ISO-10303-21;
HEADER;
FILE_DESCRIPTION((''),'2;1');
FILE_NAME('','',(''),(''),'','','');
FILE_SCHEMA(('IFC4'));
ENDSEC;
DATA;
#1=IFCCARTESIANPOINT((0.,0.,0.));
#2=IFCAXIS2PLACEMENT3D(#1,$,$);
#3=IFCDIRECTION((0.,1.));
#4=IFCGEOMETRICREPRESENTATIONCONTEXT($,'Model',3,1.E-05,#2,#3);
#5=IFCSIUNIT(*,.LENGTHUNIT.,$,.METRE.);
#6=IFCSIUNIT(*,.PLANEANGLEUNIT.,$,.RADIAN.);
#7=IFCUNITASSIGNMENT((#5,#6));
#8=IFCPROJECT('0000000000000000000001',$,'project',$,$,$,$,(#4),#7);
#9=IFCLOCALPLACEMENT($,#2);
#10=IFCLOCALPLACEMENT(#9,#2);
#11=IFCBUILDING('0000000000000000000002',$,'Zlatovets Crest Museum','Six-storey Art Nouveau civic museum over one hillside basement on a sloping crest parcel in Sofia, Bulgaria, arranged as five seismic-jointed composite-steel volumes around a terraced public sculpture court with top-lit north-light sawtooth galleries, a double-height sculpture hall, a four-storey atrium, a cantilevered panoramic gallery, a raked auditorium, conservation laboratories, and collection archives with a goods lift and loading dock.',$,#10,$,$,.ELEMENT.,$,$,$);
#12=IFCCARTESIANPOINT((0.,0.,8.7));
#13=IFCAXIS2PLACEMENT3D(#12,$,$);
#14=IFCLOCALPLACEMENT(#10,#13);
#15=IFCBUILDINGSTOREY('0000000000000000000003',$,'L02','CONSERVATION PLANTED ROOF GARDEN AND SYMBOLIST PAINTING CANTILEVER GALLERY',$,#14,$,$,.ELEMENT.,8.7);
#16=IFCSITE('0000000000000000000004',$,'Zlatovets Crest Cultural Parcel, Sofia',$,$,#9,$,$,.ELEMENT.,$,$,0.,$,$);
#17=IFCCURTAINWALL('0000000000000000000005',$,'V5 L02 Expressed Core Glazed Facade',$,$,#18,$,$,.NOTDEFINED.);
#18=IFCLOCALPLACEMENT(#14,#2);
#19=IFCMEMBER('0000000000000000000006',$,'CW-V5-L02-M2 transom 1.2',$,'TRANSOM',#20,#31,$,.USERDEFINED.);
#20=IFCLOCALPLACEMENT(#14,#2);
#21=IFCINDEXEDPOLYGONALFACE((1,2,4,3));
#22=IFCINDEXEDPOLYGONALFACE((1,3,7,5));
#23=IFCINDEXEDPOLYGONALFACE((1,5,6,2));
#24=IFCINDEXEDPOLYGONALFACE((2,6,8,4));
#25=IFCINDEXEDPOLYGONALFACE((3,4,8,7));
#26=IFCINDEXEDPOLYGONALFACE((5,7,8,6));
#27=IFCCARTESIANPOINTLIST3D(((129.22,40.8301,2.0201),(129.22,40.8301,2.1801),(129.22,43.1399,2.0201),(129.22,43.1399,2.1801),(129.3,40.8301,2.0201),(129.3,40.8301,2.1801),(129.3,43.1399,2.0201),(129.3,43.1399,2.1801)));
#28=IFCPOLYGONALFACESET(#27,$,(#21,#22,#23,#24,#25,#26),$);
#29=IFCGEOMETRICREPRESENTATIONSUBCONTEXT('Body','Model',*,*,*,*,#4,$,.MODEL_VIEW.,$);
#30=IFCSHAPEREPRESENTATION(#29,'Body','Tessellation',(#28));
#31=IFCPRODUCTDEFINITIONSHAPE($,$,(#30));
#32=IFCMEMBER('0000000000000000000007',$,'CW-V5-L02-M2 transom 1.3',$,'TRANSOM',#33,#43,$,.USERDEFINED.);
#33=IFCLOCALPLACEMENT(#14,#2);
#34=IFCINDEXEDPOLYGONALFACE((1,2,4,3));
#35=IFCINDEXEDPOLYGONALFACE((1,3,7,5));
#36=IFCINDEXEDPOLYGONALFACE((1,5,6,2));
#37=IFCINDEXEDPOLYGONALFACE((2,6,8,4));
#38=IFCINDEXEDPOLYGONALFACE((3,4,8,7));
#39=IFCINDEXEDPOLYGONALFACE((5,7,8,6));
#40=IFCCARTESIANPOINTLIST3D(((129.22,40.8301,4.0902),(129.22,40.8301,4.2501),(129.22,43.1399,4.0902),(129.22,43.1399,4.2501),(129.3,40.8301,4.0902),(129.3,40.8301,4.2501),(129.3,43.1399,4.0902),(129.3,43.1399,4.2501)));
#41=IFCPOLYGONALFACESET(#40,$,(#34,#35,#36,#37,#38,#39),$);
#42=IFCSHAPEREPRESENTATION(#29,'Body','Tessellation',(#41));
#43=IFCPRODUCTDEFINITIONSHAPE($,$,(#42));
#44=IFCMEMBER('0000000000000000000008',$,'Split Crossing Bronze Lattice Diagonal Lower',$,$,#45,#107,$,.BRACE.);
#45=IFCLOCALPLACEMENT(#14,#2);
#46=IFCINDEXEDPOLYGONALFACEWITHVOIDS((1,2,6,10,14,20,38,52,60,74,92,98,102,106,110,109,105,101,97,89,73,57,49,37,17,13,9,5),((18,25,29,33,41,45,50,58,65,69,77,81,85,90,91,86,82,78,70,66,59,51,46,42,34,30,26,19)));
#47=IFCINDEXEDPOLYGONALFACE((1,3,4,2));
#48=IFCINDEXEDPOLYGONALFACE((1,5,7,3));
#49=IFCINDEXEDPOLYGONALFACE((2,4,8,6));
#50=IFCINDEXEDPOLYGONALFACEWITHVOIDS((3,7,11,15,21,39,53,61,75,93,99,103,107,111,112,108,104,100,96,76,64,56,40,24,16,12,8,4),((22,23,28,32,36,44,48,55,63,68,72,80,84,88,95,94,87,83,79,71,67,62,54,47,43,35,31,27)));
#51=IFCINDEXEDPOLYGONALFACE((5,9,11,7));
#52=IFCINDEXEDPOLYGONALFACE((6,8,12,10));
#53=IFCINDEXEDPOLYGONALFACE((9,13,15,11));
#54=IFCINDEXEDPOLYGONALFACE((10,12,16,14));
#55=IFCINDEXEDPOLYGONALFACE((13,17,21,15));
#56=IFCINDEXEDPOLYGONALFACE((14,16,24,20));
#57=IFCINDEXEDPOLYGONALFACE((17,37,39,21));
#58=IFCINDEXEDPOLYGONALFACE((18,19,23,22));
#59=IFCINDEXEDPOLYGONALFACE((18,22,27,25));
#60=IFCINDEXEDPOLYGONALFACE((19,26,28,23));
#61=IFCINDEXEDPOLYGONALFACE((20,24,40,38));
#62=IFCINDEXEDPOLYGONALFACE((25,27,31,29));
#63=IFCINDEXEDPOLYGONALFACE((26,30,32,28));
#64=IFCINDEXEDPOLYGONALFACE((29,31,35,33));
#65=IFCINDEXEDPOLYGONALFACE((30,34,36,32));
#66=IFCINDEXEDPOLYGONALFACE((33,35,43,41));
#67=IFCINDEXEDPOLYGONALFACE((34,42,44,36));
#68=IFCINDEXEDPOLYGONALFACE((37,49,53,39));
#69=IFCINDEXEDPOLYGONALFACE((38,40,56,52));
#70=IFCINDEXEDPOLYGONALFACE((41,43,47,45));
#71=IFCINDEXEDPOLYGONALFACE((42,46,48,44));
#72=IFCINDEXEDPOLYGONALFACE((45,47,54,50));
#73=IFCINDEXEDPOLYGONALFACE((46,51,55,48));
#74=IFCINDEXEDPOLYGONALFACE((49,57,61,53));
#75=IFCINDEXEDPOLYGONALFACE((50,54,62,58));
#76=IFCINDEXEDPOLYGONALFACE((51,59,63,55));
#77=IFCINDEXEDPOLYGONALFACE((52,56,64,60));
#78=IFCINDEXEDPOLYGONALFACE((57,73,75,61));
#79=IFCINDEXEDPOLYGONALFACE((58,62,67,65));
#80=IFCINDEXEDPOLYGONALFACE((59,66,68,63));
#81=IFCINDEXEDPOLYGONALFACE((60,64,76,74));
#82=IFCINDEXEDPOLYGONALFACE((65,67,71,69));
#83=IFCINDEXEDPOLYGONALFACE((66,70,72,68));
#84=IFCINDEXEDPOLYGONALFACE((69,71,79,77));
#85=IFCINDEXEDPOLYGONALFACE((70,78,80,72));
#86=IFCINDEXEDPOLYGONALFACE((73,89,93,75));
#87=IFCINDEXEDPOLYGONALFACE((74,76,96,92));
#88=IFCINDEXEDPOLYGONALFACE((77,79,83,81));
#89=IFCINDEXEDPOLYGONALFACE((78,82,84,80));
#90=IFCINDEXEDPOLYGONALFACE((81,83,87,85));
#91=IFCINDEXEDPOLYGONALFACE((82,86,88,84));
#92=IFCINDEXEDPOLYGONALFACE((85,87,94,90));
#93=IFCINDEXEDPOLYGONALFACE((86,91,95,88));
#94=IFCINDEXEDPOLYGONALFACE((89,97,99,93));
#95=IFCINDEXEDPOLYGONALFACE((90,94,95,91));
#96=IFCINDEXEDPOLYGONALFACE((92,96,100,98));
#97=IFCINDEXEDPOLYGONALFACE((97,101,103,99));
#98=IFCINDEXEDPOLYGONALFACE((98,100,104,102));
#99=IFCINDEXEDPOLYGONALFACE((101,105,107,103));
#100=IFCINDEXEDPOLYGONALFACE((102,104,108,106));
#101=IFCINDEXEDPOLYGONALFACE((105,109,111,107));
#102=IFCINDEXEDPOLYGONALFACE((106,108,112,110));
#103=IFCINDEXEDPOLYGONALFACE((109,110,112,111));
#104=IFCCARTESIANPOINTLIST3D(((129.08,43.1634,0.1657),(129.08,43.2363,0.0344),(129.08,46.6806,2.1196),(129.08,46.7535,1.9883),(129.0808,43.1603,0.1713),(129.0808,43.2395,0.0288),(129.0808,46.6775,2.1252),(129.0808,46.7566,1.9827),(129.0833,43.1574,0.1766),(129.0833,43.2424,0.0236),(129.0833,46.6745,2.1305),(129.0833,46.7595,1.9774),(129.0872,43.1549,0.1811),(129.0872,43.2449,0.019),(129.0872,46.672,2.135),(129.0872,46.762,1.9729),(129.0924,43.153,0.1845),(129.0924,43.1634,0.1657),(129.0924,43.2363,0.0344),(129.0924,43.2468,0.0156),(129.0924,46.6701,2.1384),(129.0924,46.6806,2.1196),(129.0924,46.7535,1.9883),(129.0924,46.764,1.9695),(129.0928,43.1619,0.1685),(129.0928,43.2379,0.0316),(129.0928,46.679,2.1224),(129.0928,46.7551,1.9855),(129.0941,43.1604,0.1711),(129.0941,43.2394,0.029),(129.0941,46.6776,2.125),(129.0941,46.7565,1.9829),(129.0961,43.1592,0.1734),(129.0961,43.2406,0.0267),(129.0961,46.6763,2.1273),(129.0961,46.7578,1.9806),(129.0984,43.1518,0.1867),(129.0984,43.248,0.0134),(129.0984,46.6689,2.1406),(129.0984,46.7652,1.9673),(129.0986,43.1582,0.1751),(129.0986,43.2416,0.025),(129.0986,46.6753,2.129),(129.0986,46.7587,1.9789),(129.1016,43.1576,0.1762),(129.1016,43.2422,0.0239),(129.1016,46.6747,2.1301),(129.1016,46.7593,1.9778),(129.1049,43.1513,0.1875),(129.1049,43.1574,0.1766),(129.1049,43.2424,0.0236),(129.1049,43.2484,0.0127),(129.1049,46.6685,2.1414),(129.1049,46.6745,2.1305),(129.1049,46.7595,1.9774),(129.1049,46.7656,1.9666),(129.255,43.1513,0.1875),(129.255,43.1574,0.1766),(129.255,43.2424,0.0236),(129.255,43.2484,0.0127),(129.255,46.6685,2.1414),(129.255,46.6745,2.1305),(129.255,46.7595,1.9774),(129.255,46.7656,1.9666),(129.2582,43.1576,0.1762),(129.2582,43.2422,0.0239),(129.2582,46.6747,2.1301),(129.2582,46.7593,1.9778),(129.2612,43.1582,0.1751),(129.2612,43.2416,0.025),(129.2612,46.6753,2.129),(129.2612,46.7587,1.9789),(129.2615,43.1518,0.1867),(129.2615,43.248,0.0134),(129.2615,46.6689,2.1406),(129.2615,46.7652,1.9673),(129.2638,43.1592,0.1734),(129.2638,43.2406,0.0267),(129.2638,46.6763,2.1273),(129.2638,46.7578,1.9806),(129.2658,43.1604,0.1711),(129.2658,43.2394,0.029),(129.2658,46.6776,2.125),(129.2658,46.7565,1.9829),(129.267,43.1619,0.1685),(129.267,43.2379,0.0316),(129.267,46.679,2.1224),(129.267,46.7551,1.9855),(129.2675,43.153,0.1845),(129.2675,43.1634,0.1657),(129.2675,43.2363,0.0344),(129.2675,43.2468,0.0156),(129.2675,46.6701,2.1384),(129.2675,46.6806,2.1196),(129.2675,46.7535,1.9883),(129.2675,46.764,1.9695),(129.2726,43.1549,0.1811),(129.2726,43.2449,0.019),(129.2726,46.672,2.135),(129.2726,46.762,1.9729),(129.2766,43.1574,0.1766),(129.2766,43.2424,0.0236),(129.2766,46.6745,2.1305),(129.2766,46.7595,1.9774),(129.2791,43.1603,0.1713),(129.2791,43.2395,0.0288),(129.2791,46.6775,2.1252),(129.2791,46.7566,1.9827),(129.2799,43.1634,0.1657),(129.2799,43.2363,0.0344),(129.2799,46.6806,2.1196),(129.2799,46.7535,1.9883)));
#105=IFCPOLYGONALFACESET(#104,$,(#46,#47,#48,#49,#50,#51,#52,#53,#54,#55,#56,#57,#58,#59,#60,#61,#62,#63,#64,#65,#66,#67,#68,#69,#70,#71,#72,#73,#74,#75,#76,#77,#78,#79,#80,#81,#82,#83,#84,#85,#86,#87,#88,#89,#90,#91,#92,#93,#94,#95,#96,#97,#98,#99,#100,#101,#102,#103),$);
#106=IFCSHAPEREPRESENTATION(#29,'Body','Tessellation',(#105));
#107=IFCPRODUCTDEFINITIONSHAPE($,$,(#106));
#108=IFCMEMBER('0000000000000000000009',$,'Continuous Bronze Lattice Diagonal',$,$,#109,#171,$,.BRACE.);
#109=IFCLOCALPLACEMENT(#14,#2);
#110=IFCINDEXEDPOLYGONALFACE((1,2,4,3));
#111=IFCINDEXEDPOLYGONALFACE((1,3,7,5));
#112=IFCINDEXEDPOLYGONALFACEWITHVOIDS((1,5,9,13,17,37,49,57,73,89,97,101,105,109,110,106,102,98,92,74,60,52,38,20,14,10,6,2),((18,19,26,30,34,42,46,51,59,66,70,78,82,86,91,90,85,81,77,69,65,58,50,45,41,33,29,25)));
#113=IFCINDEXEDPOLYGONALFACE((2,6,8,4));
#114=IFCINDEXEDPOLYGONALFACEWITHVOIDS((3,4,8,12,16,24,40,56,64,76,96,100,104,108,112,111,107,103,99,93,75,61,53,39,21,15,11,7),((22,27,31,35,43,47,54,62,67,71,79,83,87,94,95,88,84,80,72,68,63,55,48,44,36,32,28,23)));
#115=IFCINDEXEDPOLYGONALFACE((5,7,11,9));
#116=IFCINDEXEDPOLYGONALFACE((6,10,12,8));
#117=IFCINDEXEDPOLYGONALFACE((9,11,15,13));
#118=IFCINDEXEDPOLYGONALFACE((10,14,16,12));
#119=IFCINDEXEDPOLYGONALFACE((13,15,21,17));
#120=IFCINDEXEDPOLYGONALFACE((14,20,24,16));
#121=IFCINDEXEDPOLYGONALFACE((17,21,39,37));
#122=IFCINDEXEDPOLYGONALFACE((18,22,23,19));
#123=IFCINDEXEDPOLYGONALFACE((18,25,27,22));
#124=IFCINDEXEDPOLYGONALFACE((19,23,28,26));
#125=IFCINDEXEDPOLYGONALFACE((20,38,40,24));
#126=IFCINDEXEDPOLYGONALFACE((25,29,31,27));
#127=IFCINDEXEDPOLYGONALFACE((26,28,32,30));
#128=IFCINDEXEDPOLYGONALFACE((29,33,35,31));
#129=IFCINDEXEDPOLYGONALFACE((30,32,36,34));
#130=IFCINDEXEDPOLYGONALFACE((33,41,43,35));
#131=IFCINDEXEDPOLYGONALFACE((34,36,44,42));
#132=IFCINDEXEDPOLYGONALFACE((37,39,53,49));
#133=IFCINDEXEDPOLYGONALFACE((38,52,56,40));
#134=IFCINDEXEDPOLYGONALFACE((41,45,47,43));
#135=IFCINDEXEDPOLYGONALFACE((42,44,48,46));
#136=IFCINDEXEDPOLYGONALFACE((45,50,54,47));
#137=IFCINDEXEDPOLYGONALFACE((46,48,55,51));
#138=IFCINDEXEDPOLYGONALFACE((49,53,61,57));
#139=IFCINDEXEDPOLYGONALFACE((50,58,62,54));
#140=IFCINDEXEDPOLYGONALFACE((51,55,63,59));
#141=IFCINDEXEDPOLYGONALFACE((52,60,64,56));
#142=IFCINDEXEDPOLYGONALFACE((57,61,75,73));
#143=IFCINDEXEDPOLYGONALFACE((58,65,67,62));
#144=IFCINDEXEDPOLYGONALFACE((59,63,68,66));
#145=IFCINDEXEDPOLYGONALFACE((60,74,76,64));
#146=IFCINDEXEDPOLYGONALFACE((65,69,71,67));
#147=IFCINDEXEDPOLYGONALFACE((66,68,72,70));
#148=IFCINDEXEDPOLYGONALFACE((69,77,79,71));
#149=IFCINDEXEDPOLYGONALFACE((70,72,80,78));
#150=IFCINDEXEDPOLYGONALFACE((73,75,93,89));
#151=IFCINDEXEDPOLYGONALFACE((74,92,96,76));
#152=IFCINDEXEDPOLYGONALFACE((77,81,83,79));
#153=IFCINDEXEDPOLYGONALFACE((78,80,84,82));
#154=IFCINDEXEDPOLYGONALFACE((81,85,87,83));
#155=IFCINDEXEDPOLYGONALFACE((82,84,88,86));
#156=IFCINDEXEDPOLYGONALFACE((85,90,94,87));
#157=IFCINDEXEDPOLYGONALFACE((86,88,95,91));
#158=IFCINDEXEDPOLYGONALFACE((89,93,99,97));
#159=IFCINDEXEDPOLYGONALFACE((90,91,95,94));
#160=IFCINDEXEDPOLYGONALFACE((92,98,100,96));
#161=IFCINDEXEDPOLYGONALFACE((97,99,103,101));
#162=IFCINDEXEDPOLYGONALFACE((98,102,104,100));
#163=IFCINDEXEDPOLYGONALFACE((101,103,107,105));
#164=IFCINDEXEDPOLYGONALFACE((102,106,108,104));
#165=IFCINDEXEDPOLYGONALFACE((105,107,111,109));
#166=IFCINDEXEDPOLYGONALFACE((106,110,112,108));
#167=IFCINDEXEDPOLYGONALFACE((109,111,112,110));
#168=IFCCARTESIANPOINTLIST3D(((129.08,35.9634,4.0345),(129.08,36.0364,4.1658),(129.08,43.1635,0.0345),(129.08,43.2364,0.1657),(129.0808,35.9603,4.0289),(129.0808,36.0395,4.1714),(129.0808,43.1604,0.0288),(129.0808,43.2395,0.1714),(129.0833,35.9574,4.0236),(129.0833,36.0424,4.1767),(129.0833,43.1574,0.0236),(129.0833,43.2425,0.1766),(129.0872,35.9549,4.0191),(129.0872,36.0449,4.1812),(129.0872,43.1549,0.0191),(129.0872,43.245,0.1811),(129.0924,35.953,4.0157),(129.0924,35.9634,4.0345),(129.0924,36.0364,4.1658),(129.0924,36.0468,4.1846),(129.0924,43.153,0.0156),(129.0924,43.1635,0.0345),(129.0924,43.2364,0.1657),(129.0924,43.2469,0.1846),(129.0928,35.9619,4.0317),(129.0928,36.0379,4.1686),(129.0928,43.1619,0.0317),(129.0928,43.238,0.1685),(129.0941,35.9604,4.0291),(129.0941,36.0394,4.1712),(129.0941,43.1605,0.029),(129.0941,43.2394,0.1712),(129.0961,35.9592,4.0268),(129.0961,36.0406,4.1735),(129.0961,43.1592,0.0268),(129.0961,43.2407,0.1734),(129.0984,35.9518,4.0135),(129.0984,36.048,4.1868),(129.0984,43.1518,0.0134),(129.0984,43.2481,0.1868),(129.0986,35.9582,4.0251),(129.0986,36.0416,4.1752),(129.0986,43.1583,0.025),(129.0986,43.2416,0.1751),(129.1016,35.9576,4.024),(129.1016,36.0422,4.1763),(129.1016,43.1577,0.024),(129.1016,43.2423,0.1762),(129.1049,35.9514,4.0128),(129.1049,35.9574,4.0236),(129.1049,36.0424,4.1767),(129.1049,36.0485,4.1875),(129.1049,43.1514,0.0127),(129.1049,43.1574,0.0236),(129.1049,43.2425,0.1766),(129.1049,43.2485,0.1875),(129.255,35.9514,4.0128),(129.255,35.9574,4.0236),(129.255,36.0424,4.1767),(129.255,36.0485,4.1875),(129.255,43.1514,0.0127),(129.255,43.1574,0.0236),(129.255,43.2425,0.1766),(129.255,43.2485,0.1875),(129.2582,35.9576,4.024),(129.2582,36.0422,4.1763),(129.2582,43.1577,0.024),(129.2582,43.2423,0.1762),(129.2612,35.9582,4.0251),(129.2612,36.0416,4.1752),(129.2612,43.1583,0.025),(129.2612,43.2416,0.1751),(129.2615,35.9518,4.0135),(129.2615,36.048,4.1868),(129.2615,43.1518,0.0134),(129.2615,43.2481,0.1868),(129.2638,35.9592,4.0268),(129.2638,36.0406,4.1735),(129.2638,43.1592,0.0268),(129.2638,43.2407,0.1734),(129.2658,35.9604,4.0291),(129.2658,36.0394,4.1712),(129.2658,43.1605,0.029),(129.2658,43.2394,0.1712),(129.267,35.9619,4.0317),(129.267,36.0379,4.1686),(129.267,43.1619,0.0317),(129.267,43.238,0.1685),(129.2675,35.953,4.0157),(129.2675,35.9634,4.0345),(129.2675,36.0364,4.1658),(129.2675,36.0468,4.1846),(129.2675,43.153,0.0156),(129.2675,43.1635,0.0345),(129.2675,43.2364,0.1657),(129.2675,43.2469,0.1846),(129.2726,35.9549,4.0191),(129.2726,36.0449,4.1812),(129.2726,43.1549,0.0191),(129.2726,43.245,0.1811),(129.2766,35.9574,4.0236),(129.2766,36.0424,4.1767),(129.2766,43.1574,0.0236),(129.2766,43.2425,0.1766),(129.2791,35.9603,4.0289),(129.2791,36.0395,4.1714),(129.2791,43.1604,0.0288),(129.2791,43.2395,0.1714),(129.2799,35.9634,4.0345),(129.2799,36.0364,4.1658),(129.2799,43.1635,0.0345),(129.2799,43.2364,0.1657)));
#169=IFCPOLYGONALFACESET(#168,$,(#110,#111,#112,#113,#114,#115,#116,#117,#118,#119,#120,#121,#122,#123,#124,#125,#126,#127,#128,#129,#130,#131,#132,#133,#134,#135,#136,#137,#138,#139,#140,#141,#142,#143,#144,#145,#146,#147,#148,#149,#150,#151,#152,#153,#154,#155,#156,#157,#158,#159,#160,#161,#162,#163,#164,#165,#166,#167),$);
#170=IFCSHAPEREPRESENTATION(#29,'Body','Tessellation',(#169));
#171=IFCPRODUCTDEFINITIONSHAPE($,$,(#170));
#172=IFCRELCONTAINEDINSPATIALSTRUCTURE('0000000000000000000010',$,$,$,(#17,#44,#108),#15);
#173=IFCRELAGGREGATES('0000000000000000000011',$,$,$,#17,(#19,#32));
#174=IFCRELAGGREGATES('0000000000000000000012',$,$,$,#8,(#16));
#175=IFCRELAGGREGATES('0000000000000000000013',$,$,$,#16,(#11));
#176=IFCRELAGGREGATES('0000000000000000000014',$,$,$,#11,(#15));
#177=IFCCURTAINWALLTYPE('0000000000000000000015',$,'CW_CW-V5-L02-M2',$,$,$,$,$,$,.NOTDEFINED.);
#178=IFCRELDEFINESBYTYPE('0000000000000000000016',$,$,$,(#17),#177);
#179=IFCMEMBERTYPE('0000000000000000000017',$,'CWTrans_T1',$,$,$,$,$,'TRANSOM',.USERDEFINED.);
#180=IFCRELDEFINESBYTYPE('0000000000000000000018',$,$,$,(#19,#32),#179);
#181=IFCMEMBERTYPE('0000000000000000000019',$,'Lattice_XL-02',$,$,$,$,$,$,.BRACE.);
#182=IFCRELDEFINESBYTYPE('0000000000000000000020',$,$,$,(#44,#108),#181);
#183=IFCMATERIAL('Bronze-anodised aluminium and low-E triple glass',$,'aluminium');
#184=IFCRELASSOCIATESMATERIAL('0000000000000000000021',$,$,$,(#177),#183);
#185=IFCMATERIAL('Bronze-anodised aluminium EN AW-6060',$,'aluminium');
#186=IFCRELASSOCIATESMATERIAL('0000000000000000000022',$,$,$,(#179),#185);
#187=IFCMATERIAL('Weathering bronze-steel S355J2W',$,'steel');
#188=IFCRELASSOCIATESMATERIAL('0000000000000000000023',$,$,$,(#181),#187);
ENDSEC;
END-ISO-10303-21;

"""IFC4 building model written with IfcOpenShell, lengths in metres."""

from ifc_helpers import new_model, si_unit, direction, frame, origin, origin_2d, place, context, subcontext, project, spatial, rectangle, hollow_rectangle, extrude, material, material_profile, profile_set, type_object, element, aggregate, save


model = new_model("IFC4")

# Units and contexts
model_context = context("Model", 3, precision=1e-05, world=origin(), true_north=direction((0.0, 1.0)))
body_context = subcontext(model_context, "Body", "Model", "MODEL_VIEW")
ifc_project = project(units=[si_unit("LENGTHUNIT", "METRE"), si_unit("PLANEANGLEUNIT", "RADIAN")], contexts=[model_context])

# Site, building, storey
site_placement = place(None, origin())
site = spatial("IfcSite", under=ifc_project, at=site_placement, Name="Zlatovets Crest Cultural Parcel, Sofia", CompositionType="ELEMENT", RefElevation=0.0)
building_placement = place(site_placement, origin())
building = spatial("IfcBuilding", under=site, at=building_placement, Name="Zlatovets Crest Museum", Description="Six-storey Art Nouveau civic museum over one hillside basement on a sloping crest parcel in Sofia, Bulgaria, arranged as five seismic-jointed composite-steel volumes around a terraced public sculpture court with top-lit north-light sawtooth galleries, a double-height sculpture hall, a four-storey atrium, a cantilevered panoramic gallery, a raked auditorium, conservation laboratories, and collection archives with a goods lift and loading dock.", CompositionType="ELEMENT")
storey_placement = place(building_placement, frame((0.0, 0.0, 8.7)))
storey = spatial("IfcBuildingStorey", under=building, at=storey_placement, Name="L02", Description="CONSERVATION PLANTED ROOF GARDEN AND SYMBOLIST PAINTING CANTILEVER GALLERY", CompositionType="ELEMENT", Elevation=8.7)

# Shared definitions
ifc_material_1 = material(Name="Bronze-anodised aluminium and low-E triple glass", Category="aluminium")
ifc_material_2 = material(Name="Bronze-anodised aluminium EN AW-6060", Category="aluminium")

# Curtain wall
curtain_wall_type_1 = type_object("IfcCurtainWallType", Name="CW_CW-V5-L02-M2", PredefinedType="NOTDEFINED", material=ifc_material_1)
curtain_wall_1_placement = place(storey_placement, origin())
curtain_wall_1 = element("IfcCurtainWall", 1, at=curtain_wall_1_placement, inside=storey, type_object=curtain_wall_type_1, Name="V5 L02 Expressed Core Glazed Facade", PredefinedType="NOTDEFINED")

# Members
ifc_material_profile_1 = material_profile(ifc_material_2, rectangle(XDim=0.0801, YDim=0.1599, at=origin_2d()), Name="ALU 80x160")
ifc_profile_set_1 = profile_set([ifc_material_profile_1], Name="Bronze-anodised aluminium EN AW-6060")
member_type_1 = type_object("IfcMemberType", Name="CWTrans_T1", ElementType="TRANSOM", PredefinedType="USERDEFINED", material=ifc_profile_set_1)
member_1_placement = place(storey_placement, frame((129.26, 43.1399, 2.1001), z_axis=(0.0, -1.0, 0.0), x_axis=(1.0, 0.0, 0.0)))
member_1 = element("IfcMember", 2, at=member_1_placement, type_object=member_type_1, Name="CW-V5-L02-M2 transom 1.2", ObjectType="TRANSOM", PredefinedType="USERDEFINED", context=body_context, shape_type="SweptSolid", body=[
    extrude(rectangle(XDim=0.0801, YDim=0.1599, at=origin_2d()), origin(), (0.0, 0.0, 1.0), 2.3098),
])
member_2_placement = place(storey_placement, frame((129.26, 43.1399, 4.1702), z_axis=(0.0, -1.0, 0.0), x_axis=(1.0, 0.0, 0.0)))
member_2 = element("IfcMember", 3, at=member_2_placement, type_object=member_type_1, Name="CW-V5-L02-M2 transom 1.3", ObjectType="TRANSOM", PredefinedType="USERDEFINED", context=body_context, shape_type="SweptSolid", body=[
    extrude(rectangle(XDim=0.0801, YDim=0.1599, at=origin_2d()), origin(), (0.0, 0.0, 1.0), 2.3098),
])

# Members
ifc_material_3 = material(Name="Weathering bronze-steel S355J2W", Category="steel")
ifc_material_profile_2 = material_profile(ifc_material_3, hollow_rectangle(XDim=0.2, YDim=0.2, WallThickness=0.0125, InnerFilletRadius=0.0125, OuterFilletRadius=0.0249, at=origin_2d()), Name="SHS 200x200x12.5")
ifc_profile_set_2 = profile_set([ifc_material_profile_2], Name="Weathering bronze-steel S355J2W")
member_type_2 = type_object("IfcMemberType", Name="Lattice_XL-02", PredefinedType="BRACE", material=ifc_profile_set_2)
member_3_placement = place(storey_placement, frame((129.1799, 46.717, 2.054), z_axis=(0.0, -0.874166, -0.485627), x_axis=(1.0, 0.0, 0.0)))
element("IfcMember", 4, at=member_3_placement, inside=storey, type_object=member_type_2, Name="Split Crossing Bronze Lattice Diagonal Lower", PredefinedType="BRACE", context=body_context, shape_type="SweptSolid", body=[
    extrude(hollow_rectangle(XDim=0.2, YDim=0.2, WallThickness=0.0125, InnerFilletRadius=0.0125, OuterFilletRadius=0.0249, at=origin_2d()), origin(), (0.0, 0.0, 1.0), 4.0234),
])
member_4_placement = place(storey_placement, frame((129.1799, 43.2, 0.1001), z_axis=(0.0, -0.874156, 0.485645), x_axis=(1.0, 0.0, 0.0)))
element("IfcMember", 5, at=member_4_placement, inside=storey, type_object=member_type_2, Name="Continuous Bronze Lattice Diagonal", PredefinedType="BRACE", context=body_context, shape_type="SweptSolid", body=[
    extrude(hollow_rectangle(XDim=0.2, YDim=0.2, WallThickness=0.0125, InnerFilletRadius=0.0125, OuterFilletRadius=0.0249, at=origin_2d()), origin(), (0.0, 0.0, 1.0), 8.2366),
])

aggregate(curtain_wall_1, [member_1, member_2])

save(model, "model.ifc")
